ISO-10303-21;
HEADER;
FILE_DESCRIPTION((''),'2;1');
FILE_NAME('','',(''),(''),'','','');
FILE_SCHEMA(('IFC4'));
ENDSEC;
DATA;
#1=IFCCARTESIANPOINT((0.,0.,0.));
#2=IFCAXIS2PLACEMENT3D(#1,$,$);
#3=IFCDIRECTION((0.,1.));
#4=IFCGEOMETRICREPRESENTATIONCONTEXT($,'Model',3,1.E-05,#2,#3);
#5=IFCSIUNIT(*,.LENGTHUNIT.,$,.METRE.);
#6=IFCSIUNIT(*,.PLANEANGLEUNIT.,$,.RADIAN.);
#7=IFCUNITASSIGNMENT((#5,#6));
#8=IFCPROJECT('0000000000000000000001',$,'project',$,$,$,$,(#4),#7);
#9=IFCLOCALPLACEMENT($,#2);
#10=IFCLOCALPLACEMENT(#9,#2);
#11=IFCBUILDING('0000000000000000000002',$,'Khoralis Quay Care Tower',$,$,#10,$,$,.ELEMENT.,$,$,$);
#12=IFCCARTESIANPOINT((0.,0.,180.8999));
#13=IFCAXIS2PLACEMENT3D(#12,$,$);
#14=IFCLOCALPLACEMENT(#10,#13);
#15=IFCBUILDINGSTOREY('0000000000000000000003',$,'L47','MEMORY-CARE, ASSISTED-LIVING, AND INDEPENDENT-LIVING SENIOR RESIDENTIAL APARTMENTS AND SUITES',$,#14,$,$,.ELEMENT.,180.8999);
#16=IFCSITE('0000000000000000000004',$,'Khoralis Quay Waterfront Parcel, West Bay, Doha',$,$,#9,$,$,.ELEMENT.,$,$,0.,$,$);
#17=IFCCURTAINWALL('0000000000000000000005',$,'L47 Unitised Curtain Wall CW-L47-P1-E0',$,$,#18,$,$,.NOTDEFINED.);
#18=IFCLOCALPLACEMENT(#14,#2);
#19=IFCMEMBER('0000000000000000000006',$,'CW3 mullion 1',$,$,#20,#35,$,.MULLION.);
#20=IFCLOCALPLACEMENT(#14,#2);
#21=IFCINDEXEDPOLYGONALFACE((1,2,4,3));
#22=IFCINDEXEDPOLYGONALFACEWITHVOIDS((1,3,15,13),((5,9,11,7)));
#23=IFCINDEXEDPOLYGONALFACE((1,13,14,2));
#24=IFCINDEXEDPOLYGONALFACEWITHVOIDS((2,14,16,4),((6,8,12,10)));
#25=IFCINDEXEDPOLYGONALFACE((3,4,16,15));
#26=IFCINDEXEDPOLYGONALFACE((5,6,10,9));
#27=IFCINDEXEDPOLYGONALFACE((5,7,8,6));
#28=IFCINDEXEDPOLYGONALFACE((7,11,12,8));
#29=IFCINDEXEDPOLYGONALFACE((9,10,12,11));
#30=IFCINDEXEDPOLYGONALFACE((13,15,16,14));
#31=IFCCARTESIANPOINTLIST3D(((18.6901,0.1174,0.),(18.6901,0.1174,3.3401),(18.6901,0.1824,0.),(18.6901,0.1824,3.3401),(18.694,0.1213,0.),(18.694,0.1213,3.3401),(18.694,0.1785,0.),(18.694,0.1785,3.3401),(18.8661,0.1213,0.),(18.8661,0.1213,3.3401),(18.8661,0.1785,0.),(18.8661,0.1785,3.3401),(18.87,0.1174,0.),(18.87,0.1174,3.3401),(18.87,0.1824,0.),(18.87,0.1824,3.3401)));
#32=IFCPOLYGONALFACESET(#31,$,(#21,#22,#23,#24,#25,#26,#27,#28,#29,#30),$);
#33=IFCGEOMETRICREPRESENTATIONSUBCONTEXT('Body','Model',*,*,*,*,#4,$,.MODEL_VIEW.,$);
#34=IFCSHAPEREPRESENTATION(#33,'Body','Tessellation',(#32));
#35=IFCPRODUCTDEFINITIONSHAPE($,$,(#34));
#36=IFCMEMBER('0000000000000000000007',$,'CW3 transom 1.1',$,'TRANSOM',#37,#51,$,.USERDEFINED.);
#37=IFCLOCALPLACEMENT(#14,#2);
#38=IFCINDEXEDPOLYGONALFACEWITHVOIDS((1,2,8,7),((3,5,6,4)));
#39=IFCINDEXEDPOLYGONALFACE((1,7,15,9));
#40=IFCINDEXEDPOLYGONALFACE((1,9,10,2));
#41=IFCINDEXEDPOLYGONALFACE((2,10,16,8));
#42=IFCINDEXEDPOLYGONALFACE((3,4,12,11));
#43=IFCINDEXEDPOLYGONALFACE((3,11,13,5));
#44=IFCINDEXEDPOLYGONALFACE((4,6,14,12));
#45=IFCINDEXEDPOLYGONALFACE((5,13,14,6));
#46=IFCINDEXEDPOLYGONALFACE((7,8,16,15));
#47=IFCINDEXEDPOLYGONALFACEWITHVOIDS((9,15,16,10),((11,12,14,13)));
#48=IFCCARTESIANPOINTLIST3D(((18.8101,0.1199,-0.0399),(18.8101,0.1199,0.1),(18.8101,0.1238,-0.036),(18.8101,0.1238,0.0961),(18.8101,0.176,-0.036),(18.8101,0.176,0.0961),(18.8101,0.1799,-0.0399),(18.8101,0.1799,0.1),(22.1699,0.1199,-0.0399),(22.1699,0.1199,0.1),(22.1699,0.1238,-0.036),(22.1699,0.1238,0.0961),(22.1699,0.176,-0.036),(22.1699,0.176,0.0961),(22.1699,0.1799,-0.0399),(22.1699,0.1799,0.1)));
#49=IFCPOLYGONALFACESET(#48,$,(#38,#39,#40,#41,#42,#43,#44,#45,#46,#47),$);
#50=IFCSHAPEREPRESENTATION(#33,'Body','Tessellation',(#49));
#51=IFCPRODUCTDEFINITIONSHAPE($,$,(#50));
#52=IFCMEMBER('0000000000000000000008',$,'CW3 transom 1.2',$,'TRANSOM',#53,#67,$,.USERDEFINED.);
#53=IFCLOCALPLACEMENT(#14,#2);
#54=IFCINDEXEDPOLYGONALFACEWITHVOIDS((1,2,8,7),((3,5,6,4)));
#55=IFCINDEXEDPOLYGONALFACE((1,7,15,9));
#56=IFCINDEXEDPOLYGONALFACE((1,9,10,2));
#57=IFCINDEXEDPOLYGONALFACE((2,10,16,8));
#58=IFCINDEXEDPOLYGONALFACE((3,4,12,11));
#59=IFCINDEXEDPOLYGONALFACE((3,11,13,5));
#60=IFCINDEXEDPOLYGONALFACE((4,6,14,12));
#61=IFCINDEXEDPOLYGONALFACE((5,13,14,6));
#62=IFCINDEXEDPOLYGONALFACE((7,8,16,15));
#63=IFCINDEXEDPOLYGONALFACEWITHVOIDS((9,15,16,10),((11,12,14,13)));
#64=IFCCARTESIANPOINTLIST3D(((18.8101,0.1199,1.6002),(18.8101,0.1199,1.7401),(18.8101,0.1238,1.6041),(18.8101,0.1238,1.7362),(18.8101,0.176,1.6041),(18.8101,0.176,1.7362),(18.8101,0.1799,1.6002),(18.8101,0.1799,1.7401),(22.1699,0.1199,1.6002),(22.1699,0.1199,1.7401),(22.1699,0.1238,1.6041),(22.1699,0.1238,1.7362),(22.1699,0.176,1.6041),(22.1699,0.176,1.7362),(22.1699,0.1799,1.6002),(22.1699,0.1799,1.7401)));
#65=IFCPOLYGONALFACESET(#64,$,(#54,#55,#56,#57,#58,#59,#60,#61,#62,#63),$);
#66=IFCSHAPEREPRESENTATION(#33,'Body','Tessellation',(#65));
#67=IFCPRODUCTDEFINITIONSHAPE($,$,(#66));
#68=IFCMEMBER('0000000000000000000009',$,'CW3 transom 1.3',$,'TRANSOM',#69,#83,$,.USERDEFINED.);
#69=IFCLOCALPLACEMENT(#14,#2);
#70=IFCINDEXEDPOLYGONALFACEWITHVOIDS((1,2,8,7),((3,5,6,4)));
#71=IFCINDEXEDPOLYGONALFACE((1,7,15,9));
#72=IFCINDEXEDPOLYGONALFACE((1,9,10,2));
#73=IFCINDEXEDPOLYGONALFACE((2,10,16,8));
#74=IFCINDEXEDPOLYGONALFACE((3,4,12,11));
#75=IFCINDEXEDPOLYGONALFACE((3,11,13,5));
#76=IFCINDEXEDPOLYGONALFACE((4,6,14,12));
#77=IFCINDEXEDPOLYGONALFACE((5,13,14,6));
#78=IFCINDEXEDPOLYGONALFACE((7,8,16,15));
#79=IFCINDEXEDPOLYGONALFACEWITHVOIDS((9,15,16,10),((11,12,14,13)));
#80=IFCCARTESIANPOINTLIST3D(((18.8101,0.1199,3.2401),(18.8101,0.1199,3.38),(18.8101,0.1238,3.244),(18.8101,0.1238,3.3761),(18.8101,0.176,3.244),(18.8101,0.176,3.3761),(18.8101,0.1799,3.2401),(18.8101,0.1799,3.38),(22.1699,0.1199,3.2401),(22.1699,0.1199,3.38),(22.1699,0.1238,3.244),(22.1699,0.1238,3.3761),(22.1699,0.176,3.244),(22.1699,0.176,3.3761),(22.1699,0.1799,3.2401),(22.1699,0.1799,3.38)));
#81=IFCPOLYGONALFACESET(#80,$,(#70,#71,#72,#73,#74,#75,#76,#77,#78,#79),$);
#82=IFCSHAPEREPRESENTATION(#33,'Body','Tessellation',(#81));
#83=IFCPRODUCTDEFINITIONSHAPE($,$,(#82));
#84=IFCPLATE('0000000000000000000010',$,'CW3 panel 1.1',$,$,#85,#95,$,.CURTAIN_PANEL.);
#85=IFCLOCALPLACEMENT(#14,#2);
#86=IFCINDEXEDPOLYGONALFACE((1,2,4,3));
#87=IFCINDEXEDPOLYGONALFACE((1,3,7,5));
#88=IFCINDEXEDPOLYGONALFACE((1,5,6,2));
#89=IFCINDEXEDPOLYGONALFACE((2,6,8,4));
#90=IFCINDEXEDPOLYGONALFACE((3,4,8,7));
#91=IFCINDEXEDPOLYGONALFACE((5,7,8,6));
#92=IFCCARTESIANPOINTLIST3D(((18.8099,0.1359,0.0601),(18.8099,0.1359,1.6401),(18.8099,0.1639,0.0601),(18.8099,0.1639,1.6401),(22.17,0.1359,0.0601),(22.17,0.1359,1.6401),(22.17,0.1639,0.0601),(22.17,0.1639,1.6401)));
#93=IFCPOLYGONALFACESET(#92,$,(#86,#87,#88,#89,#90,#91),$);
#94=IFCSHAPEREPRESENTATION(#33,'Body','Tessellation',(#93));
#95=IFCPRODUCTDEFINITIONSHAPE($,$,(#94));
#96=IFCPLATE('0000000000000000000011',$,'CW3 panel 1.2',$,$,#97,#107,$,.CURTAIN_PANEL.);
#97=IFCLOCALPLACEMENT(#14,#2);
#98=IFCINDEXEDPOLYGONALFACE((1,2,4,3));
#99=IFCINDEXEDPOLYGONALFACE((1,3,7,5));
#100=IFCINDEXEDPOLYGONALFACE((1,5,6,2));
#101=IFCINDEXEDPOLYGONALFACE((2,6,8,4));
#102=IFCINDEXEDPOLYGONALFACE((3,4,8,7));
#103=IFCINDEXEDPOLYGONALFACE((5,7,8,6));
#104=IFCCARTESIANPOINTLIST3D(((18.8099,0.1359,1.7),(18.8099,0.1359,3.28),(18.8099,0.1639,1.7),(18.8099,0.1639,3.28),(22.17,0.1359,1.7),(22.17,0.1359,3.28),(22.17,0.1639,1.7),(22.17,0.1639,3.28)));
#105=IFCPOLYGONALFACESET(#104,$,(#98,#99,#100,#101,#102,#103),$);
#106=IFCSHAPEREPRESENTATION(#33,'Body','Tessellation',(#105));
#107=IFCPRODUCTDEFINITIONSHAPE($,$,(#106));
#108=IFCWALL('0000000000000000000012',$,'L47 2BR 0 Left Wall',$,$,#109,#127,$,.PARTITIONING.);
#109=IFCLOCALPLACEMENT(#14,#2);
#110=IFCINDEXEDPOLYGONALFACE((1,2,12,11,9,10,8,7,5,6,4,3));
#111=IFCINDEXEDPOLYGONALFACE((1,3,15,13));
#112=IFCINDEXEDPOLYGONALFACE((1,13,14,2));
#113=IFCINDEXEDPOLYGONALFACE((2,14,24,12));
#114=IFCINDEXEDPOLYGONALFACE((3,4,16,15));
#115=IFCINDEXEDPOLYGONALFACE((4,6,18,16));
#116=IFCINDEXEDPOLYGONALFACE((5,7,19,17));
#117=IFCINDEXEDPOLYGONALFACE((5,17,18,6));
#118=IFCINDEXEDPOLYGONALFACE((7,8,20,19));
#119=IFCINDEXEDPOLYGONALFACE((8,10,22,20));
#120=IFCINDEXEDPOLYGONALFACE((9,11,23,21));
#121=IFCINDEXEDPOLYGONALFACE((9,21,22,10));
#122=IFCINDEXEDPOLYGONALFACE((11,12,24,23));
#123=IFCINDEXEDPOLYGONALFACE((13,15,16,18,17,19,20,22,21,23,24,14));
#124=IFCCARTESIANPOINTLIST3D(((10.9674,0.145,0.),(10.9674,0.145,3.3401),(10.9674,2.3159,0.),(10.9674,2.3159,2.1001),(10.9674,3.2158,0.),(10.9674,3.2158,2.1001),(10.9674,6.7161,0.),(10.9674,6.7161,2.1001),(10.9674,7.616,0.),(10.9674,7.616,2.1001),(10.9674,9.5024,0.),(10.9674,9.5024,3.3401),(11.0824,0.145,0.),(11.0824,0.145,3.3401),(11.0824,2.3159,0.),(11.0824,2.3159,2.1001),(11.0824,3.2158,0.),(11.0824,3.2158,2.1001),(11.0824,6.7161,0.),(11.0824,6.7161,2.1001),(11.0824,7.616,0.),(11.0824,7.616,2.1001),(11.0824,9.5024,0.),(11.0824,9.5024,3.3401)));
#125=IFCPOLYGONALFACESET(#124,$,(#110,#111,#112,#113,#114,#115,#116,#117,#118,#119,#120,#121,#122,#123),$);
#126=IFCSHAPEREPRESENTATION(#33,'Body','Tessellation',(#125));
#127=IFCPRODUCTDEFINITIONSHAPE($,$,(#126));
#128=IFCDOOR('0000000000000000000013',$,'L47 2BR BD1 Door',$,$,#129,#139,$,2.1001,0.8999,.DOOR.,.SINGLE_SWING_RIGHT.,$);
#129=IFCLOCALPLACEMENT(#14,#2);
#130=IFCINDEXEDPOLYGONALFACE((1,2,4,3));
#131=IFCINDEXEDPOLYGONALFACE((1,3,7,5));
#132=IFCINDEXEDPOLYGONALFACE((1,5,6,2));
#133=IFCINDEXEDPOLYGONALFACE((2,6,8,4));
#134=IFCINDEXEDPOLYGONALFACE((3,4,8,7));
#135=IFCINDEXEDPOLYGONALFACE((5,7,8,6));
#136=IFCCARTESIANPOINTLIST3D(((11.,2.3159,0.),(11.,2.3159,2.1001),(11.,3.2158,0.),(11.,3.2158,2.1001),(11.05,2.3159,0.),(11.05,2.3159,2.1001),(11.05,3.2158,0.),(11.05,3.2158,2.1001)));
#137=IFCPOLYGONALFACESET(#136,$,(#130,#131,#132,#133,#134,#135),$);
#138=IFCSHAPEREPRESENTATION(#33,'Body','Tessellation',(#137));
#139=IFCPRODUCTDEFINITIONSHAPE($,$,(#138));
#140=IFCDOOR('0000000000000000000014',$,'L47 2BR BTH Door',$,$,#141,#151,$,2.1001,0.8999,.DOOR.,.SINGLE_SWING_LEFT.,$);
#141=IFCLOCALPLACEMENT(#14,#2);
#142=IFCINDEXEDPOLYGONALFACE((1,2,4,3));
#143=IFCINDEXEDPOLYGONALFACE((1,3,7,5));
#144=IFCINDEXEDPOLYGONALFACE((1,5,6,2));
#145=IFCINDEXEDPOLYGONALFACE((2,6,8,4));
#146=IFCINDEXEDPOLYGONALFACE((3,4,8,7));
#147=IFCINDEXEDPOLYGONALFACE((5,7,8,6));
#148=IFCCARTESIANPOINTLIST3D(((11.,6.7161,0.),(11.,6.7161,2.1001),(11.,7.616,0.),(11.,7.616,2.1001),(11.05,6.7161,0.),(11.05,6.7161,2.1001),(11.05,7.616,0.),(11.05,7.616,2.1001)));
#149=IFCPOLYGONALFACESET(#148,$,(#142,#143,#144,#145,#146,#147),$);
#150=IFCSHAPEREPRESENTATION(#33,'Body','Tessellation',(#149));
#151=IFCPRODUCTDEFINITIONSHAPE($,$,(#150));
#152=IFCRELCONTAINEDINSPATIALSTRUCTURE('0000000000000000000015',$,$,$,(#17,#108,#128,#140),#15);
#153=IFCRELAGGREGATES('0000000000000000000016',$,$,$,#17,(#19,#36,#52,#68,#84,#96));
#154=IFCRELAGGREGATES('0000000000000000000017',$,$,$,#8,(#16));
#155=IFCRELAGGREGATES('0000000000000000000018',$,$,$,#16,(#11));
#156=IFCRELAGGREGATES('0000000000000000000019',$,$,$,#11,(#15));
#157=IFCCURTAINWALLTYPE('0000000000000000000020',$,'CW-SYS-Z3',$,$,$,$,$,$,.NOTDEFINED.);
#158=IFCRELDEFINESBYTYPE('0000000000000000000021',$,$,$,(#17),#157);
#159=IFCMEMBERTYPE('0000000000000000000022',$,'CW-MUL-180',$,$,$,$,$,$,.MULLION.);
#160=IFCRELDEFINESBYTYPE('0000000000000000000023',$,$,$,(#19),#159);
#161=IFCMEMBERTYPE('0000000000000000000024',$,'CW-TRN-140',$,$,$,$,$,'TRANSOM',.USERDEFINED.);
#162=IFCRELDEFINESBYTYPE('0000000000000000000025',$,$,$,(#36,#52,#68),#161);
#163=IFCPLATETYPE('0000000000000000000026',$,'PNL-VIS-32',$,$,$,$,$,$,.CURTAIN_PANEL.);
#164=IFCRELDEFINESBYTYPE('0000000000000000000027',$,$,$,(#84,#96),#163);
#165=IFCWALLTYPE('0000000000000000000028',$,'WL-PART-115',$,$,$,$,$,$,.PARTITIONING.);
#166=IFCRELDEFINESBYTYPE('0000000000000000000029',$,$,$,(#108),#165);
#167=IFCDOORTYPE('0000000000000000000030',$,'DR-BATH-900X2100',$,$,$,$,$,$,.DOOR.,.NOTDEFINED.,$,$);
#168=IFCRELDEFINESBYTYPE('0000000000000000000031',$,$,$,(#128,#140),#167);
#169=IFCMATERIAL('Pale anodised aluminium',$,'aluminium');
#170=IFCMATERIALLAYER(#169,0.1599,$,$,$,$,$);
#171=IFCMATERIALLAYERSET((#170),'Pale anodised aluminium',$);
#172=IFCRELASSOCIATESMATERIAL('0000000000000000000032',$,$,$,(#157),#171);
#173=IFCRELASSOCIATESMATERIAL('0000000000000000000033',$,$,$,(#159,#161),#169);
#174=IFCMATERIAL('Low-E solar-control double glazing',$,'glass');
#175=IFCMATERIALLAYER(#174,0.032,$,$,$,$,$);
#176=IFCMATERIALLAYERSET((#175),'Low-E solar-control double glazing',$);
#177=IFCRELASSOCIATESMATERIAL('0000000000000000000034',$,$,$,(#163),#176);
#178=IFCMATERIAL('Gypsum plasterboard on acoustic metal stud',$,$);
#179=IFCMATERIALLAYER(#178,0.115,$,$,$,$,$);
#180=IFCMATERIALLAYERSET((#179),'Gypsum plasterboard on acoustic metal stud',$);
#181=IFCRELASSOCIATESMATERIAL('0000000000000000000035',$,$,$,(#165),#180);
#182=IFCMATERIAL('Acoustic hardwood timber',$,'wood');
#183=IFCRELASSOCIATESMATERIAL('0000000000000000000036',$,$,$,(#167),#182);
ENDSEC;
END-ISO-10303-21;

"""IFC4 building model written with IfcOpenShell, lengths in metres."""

from ifc_helpers import new_model, si_unit, direction, frame, frame_2d, origin, origin_2d, place, context, subcontext, project, spatial, rectangle, hollow_rectangle, extrude, source, transform, mapped, material, layer, layer_set, material_profile, profile_set, type_object, element, fill, aggregate, save


model = new_model("IFC4")

# Units and contexts
model_context = context("Model", 3, precision=1e-05, world=origin(), true_north=direction((0.0, 1.0)))
body_context = subcontext(model_context, "Body", "Model", "MODEL_VIEW")
ifc_project = project(units=[si_unit("LENGTHUNIT", "METRE"), si_unit("PLANEANGLEUNIT", "RADIAN")], contexts=[model_context])

# Site, building, storey
site_placement = place(None, origin())
site = spatial("IfcSite", under=ifc_project, at=site_placement, Name="Khoralis Quay Waterfront Parcel, West Bay, Doha", CompositionType="ELEMENT", RefElevation=0.0)
building_placement = place(site_placement, origin())
building = spatial("IfcBuilding", under=site, at=building_placement, Name="Khoralis Quay Care Tower", CompositionType="ELEMENT")
storey_placement = place(building_placement, frame((0.0, 0.0, 180.8999)))
storey = spatial("IfcBuildingStorey", under=building, at=storey_placement, Name="L47", Description="MEMORY-CARE, ASSISTED-LIVING, AND INDEPENDENT-LIVING SENIOR RESIDENTIAL APARTMENTS AND SUITES", CompositionType="ELEMENT", Elevation=180.8999)

# Curtain wall, members, plates
ifc_material_1 = material(Name="Pale anodised aluminium", Category="aluminium")
ifc_layer_1 = layer(ifc_material_1, 0.1599)
ifc_layer_set_1 = layer_set([ifc_layer_1], Name="Pale anodised aluminium")
curtain_wall_type = type_object("IfcCurtainWallType", Name="CW-SYS-Z3", PredefinedType="NOTDEFINED", material=ifc_layer_set_1)
curtain_wall_placement = place(storey_placement, origin())
curtain_wall = element("IfcCurtainWall", 1, at=curtain_wall_placement, inside=storey, type_object=curtain_wall_type, Name="L47 Unitised Curtain Wall CW-L47-P1-E0", PredefinedType="NOTDEFINED")
ifc_material_profile_1 = material_profile(ifc_material_1, hollow_rectangle(XDim=0.0649, YDim=0.1799, WallThickness=0.0039, at=origin_2d()), Name="Pale anodised aluminium")
ifc_profile_set_1 = profile_set([ifc_material_profile_1], Name="Pale anodised aluminium")
member_type_1 = type_object("IfcMemberType", Name="CW-MUL-180", PredefinedType="MULLION", material=ifc_profile_set_1)
shared_shape_1 = source(origin(), body_context, "Body", "SweptSolid", [
    extrude(hollow_rectangle(XDim=0.0649, YDim=0.1799, WallThickness=0.0039, at=origin_2d()), origin(), (0.0, 0.0, 1.0), 3.3401),
])
member_1_placement = place(storey_placement, frame((18.78, 0.1499, 0.0), z_axis=(0.0, 0.0, 1.0), x_axis=(0.0, 1.0, 0.0)))
member_1 = element("IfcMember", 2, at=member_1_placement, type_object=member_type_1, Name="CW3 mullion 1", PredefinedType="MULLION", context=body_context, shape_type="MappedRepresentation", body=[
    mapped(shared_shape_1, transform((0.0, 0.0, 0.0), scale=1.0)),
])
ifc_material_profile_2 = material_profile(ifc_material_1, hollow_rectangle(XDim=0.0601, YDim=0.1399, WallThickness=0.0039, at=origin_2d()), Name="Pale anodised aluminium")
ifc_profile_set_2 = profile_set([ifc_material_profile_2], Name="Pale anodised aluminium")
member_type_2 = type_object("IfcMemberType", Name="CW-TRN-140", ElementType="TRANSOM", PredefinedType="USERDEFINED", material=ifc_profile_set_2)
shared_shape_2 = source(origin(), body_context, "Body", "SweptSolid", [
    extrude(hollow_rectangle(XDim=0.0601, YDim=0.1399, WallThickness=0.0039, at=origin_2d()), origin(), (0.0, 0.0, 1.0), 3.3599),
])
member_2_placement = place(storey_placement, frame((18.8101, 0.1499, 0.03), z_axis=(1.0, 0.0, 0.0), x_axis=(0.0, 1.0, 0.0)))
member_2 = element("IfcMember", 3, at=member_2_placement, type_object=member_type_2, Name="CW3 transom 1.1", ObjectType="TRANSOM", PredefinedType="USERDEFINED", context=body_context, shape_type="MappedRepresentation", body=[
    mapped(shared_shape_2, transform((0.0, 0.0, 0.0), scale=1.0)),
])
member_3_placement = place(storey_placement, frame((18.8101, 0.1499, 1.6702), z_axis=(1.0, 0.0, 0.0), x_axis=(0.0, 1.0, 0.0)))
member_3 = element("IfcMember", 4, at=member_3_placement, type_object=member_type_2, Name="CW3 transom 1.2", ObjectType="TRANSOM", PredefinedType="USERDEFINED", context=body_context, shape_type="MappedRepresentation", body=[
    mapped(shared_shape_2, transform((0.0, 0.0, 0.0), scale=1.0)),
])
member_4_placement = place(storey_placement, frame((18.8101, 0.1499, 3.3101), z_axis=(1.0, 0.0, 0.0), x_axis=(0.0, 1.0, 0.0)))
member_4 = element("IfcMember", 5, at=member_4_placement, type_object=member_type_2, Name="CW3 transom 1.3", ObjectType="TRANSOM", PredefinedType="USERDEFINED", context=body_context, shape_type="MappedRepresentation", body=[
    mapped(shared_shape_2, transform((0.0, 0.0, 0.0), scale=1.0)),
])
ifc_material_2 = material(Name="Low-E solar-control double glazing", Category="glass")
ifc_layer_2 = layer(ifc_material_2, 0.032)
ifc_layer_set_2 = layer_set([ifc_layer_2], Name="Low-E solar-control double glazing")
plate_type = type_object("IfcPlateType", Name="PNL-VIS-32", PredefinedType="CURTAIN_PANEL", material=ifc_layer_set_2)
shared_shape_3 = source(origin(), body_context, "Body", "SweptSolid", [
    extrude(rectangle(XDim=3.3601, YDim=0.0281, at=origin_2d()), origin(), (0.0, 0.0, 1.0), 1.5801),
])
plate_1_placement = place(storey_placement, frame((20.49, 0.1499, 0.0601), z_axis=(0.0, 0.0, 1.0), x_axis=(1.0, 0.0, 0.0)))
plate_1 = element("IfcPlate", 6, at=plate_1_placement, type_object=plate_type, Name="CW3 panel 1.1", PredefinedType="CURTAIN_PANEL", context=body_context, shape_type="MappedRepresentation", body=[
    mapped(shared_shape_3, transform((0.0, 0.0, 0.0), scale=1.0)),
])
plate_2_placement = place(storey_placement, frame((20.49, 0.1499, 1.7), z_axis=(0.0, 0.0, 1.0), x_axis=(1.0, 0.0, 0.0)))
plate_2 = element("IfcPlate", 7, at=plate_2_placement, type_object=plate_type, Name="CW3 panel 1.2", PredefinedType="CURTAIN_PANEL", context=body_context, shape_type="MappedRepresentation", body=[
    mapped(shared_shape_3, transform((0.0, 0.0, 0.0), scale=1.0)),
])
aggregate(curtain_wall, [member_1, member_2, member_3, member_4, plate_1, plate_2])

# Wall, openings, doors
ifc_material_3 = material(Name="Gypsum plasterboard on acoustic metal stud")
ifc_layer_3 = layer(ifc_material_3, 0.115)
ifc_layer_set_3 = layer_set([ifc_layer_3], Name="Gypsum plasterboard on acoustic metal stud")
wall_type_1 = type_object("IfcWallType", Name="WL-PART-115", PredefinedType="PARTITIONING", material=ifc_layer_set_3)
wall_1_placement = place(storey_placement, frame((11.0249, 0.145, 0.0), z_axis=(0.0, 0.0, 1.0), x_axis=(0.0, 1.0, 0.0)))
wall_1 = element("IfcWall", 8, at=wall_1_placement, inside=storey, type_object=wall_type_1, Name="L47 2BR 0 Left Wall", PredefinedType="PARTITIONING", context=body_context, shape_type="SweptSolid", body=[
    extrude(rectangle(XDim=9.3574, YDim=0.115, at=frame_2d((4.6787, 0.0))), origin(), (0.0, 0.0, 1.0), 3.3401),
])
opening_1_placement = place(wall_1_placement, frame((2.1709, 0.0, 0.0)))
opening_1 = element("IfcOpeningElement", 9, at=opening_1_placement, cuts=wall_1, PredefinedType="OPENING", context=body_context, shape_type="SweptSolid", body=[
    extrude(rectangle(XDim=0.8999, YDim=2.1001, at=frame_2d((0.45, 1.05))), frame((0.0, 0.0674, 0.0), z_axis=(0.0, -1.0, 0.0), x_axis=(1.0, 0.0, 0.0)), (0.0, 0.0, 1.0), 0.135),
])
opening_2_placement = place(wall_1_placement, frame((6.571, 0.0, 0.0)))
opening_2 = element("IfcOpeningElement", 10, at=opening_2_placement, cuts=wall_1, PredefinedType="OPENING", context=body_context, shape_type="SweptSolid", body=[
    extrude(rectangle(XDim=0.8999, YDim=2.1001, at=frame_2d((0.45, 1.05))), frame((0.0, 0.0674, 0.0), z_axis=(0.0, -1.0, 0.0), x_axis=(1.0, 0.0, 0.0)), (0.0, 0.0, 1.0), 0.135),
])
ifc_material_4 = material(Name="Acoustic hardwood timber", Category="wood")
door_type = type_object("IfcDoorType", Name="DR-BATH-900X2100", OperationType="NOTDEFINED", PredefinedType="DOOR", material=ifc_material_4)
shared_shape_4 = source(origin(), body_context, "Body", "SweptSolid", [
    extrude(rectangle(XDim=0.8999, YDim=2.1001, at=frame_2d((0.45, 1.05))), frame((0.0, 0.0249, 0.0), z_axis=(0.0, -1.0, 0.0), x_axis=(1.0, 0.0, 0.0)), (0.0, 0.0, 1.0), 0.05),
])
door_1_placement = place(opening_1_placement, origin())
door_1 = element("IfcDoor", 11, at=door_1_placement, inside=storey, type_object=door_type, Name="L47 2BR BD1 Door", OperationType="SINGLE_SWING_RIGHT", OverallHeight=2.1001, OverallWidth=0.8999, PredefinedType="DOOR", context=body_context, shape_type="MappedRepresentation", body=[
    mapped(shared_shape_4, transform((0.0, 0.0, 0.0), scale=1.0)),
])
fill(opening_1, door_1)
door_2_placement = place(opening_2_placement, origin())
door_2 = element("IfcDoor", 12, at=door_2_placement, inside=storey, type_object=door_type, Name="L47 2BR BTH Door", OperationType="SINGLE_SWING_LEFT", OverallHeight=2.1001, OverallWidth=0.8999, PredefinedType="DOOR", context=body_context, shape_type="MappedRepresentation", body=[
    mapped(shared_shape_4, transform((0.0, 0.0, 0.0), scale=1.0)),
])
fill(opening_2, door_2)

save(model, "model.ifc")
